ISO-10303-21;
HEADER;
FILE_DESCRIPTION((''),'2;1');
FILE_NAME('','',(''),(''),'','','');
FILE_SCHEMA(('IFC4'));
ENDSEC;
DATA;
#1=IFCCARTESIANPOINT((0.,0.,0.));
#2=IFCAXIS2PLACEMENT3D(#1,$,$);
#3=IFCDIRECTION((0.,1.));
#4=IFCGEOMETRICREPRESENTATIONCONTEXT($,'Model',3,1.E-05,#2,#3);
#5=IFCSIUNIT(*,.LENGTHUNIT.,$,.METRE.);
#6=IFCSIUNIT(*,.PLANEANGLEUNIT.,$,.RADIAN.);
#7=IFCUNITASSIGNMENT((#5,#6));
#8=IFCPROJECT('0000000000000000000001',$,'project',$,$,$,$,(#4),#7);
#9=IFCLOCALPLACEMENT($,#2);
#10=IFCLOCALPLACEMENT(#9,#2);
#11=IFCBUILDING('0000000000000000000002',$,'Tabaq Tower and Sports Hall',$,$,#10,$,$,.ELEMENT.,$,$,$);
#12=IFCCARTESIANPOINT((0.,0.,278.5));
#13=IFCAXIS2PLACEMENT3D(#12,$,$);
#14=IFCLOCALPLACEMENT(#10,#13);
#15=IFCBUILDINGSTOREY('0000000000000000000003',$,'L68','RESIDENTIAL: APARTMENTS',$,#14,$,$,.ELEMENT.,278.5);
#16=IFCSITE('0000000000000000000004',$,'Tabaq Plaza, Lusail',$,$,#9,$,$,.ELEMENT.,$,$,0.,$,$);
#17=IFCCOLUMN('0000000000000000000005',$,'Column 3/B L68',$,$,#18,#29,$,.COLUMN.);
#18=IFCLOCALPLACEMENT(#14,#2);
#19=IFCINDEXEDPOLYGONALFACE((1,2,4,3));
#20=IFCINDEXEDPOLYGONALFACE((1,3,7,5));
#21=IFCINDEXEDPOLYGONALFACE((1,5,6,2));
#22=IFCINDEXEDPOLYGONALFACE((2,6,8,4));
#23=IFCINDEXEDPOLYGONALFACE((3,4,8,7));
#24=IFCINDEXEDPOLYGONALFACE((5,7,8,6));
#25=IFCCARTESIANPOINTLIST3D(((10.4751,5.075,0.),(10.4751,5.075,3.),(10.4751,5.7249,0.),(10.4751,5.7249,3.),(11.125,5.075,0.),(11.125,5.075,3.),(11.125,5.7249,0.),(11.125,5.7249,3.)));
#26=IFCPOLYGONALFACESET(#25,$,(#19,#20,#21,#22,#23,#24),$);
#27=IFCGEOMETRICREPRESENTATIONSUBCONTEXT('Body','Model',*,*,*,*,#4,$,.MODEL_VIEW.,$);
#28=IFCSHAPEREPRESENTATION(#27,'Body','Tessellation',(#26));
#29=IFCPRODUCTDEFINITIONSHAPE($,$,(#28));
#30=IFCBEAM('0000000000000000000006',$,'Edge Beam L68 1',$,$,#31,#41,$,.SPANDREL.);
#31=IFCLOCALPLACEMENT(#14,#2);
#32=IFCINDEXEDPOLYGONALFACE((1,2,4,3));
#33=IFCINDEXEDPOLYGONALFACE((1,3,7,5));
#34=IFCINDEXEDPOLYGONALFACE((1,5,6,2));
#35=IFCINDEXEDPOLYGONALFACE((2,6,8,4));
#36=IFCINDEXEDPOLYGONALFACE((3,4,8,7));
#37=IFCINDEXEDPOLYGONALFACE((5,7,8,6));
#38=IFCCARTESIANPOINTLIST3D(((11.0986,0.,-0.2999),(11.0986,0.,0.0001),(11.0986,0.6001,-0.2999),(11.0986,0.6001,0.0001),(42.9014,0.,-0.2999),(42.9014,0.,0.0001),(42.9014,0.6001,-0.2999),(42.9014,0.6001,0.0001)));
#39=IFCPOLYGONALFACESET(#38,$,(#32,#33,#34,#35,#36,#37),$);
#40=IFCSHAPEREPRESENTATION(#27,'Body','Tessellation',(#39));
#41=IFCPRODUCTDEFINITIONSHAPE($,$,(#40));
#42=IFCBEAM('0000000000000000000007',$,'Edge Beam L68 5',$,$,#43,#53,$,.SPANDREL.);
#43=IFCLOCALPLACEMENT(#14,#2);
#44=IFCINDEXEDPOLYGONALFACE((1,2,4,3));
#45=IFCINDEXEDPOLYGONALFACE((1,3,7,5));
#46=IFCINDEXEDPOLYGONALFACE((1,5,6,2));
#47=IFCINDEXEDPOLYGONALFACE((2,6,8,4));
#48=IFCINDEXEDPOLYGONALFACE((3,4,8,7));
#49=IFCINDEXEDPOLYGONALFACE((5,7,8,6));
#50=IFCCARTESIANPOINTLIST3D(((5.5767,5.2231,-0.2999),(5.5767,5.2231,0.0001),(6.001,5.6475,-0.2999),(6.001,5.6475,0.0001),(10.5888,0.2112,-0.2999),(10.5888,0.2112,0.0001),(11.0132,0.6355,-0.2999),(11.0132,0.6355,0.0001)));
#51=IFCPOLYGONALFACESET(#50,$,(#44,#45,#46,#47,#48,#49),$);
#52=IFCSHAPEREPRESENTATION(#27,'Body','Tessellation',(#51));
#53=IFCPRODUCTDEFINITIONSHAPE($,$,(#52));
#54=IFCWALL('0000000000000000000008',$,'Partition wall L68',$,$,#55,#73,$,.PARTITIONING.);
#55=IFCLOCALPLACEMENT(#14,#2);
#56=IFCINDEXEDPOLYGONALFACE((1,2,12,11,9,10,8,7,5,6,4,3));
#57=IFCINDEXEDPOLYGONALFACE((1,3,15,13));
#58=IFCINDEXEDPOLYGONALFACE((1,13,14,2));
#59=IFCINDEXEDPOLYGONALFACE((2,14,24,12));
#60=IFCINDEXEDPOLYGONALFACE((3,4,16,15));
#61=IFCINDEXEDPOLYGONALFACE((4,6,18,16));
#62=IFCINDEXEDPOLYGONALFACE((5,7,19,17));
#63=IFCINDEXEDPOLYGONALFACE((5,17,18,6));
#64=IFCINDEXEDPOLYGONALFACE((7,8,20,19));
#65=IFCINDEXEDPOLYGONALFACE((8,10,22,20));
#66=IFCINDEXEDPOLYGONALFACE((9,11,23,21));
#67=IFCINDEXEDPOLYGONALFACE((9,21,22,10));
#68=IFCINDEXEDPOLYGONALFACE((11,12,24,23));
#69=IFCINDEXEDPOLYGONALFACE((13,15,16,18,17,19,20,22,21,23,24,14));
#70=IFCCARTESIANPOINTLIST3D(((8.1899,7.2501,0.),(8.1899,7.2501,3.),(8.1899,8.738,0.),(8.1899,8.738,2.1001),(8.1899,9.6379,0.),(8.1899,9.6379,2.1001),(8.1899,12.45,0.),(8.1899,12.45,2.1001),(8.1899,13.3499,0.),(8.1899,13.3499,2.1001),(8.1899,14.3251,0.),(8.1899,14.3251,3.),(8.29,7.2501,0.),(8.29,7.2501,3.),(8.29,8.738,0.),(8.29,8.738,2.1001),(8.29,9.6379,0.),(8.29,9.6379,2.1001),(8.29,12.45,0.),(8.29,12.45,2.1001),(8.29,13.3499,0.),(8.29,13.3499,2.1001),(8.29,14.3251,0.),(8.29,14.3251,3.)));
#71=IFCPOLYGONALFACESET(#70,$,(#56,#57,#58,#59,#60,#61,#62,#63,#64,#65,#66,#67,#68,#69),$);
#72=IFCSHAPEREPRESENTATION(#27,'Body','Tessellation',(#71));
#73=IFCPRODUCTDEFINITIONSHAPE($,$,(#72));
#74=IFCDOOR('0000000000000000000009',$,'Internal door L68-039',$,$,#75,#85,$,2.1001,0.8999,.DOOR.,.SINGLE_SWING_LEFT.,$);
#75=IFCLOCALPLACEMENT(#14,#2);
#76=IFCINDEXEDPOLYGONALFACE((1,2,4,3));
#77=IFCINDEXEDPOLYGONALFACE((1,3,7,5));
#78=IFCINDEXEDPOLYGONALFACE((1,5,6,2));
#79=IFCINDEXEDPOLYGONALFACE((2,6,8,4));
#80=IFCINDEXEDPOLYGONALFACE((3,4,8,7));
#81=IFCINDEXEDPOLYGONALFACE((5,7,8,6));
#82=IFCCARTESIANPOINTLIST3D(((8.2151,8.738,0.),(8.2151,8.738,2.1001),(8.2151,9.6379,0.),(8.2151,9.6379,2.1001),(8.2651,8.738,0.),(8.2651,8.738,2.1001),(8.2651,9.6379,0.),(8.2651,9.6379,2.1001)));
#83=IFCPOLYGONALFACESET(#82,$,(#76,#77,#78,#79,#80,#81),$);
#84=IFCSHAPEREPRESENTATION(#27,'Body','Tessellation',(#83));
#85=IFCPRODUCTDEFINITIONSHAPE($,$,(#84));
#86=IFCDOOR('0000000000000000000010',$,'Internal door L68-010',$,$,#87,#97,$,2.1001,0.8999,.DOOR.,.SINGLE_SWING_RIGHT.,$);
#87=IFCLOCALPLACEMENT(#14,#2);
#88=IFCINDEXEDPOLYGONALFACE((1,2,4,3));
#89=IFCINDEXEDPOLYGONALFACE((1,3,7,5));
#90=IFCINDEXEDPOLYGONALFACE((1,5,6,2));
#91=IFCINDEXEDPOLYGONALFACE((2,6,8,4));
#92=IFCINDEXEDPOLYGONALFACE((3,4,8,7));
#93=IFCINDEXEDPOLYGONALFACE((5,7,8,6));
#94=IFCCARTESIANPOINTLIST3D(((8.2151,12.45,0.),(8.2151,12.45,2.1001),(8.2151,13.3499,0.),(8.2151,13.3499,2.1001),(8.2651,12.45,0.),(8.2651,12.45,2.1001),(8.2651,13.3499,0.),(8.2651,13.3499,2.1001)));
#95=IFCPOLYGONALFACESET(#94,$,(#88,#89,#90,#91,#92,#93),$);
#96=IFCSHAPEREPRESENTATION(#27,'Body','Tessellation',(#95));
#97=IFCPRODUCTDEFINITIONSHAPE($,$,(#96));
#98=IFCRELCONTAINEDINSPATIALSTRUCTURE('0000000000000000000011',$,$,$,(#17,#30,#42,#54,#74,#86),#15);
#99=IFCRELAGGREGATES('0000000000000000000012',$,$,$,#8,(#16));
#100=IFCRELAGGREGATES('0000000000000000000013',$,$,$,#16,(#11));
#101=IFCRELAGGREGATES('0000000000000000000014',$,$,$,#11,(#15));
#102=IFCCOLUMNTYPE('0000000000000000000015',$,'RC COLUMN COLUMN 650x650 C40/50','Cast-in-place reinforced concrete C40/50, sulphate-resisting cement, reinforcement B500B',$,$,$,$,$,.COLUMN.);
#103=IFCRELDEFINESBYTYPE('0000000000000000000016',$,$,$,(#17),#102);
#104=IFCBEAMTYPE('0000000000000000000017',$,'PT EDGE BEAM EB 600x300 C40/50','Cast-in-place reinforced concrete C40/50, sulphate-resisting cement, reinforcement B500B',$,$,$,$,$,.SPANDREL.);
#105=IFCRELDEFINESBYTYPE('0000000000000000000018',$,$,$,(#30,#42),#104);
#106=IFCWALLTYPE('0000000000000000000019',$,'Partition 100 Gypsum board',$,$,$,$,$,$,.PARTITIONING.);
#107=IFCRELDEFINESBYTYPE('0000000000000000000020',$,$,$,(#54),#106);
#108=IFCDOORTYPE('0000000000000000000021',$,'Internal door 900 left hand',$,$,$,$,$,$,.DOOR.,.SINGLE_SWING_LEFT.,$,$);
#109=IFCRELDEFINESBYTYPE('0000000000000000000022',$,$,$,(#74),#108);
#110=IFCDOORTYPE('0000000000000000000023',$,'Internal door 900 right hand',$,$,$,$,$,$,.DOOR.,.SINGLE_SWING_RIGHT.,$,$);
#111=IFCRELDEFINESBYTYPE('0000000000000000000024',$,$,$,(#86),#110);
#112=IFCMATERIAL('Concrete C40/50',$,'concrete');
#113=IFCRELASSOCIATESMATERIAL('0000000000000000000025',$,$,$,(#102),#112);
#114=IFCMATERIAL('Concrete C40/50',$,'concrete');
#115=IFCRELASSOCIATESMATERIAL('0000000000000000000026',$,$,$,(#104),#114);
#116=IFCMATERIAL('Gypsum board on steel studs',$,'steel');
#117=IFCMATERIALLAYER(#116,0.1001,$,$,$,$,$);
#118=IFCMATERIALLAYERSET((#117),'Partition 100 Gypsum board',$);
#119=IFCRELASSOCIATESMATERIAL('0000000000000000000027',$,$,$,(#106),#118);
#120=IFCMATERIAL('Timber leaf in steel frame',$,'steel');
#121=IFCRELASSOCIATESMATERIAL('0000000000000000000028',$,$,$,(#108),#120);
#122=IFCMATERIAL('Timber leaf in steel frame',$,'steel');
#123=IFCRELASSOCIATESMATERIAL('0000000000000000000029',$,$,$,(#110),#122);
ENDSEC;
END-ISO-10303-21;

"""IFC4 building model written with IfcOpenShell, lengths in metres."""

from ifc_helpers import new_model, si_unit, direction, frame, frame_2d, origin, origin_2d, place, context, subcontext, project, spatial, rectangle, extrude, material, layer, layer_set, material_profile, profile_set, type_object, element, fill, save


model = new_model("IFC4")

# Units and contexts
model_context = context("Model", 3, precision=1e-05, world=origin(), true_north=direction((0.0, 1.0)))
body_context = subcontext(model_context, "Body", "Model", "MODEL_VIEW")
ifc_project = project(units=[si_unit("LENGTHUNIT", "METRE"), si_unit("PLANEANGLEUNIT", "RADIAN")], contexts=[model_context])

# Site, building, storey
site_placement = place(None, origin())
site = spatial("IfcSite", under=ifc_project, at=site_placement, Name="Tabaq Plaza, Lusail", CompositionType="ELEMENT", RefElevation=0.0)
building_placement = place(site_placement, origin())
building = spatial("IfcBuilding", under=site, at=building_placement, Name="Tabaq Tower and Sports Hall", CompositionType="ELEMENT")
storey_placement = place(building_placement, frame((0.0, 0.0, 278.5)))
storey = spatial("IfcBuildingStorey", under=building, at=storey_placement, Name="L68", Description="RESIDENTIAL: APARTMENTS", CompositionType="ELEMENT", Elevation=278.5)

# Column
ifc_material_1 = material(Name="Concrete C40/50", Category="concrete")
ifc_material_profile_1 = material_profile(ifc_material_1, rectangle(XDim=0.6499, YDim=0.6499, at=origin_2d()), Name="COLUMN 650x650")
ifc_profile_set_1 = profile_set([ifc_material_profile_1], Name="Concrete C40/50")
column_type = type_object("IfcColumnType", Name="RC COLUMN COLUMN 650x650 C40/50", Description="Cast-in-place reinforced concrete C40/50, sulphate-resisting cement, reinforcement B500B", PredefinedType="COLUMN", material=ifc_profile_set_1)
column_placement = place(storey_placement, frame((10.8, 5.3999, 0.0), z_axis=(0.0, 0.0, 1.0), x_axis=(1.0, 0.0, 0.0)))
element("IfcColumn", 1, at=column_placement, inside=storey, type_object=column_type, Name="Column 3/B L68", PredefinedType="COLUMN", context=body_context, shape_type="SweptSolid", body=[
    extrude(rectangle(XDim=0.6499, YDim=0.6499, at=origin_2d()), origin(), (0.0, 0.0, 1.0), 3.0),
])

# Beams
ifc_material_2 = material(Name="Concrete C40/50", Category="concrete")
ifc_material_profile_2 = material_profile(ifc_material_2, rectangle(XDim=0.6001, YDim=0.3, at=origin_2d()), Name="EB 600x300")
ifc_profile_set_2 = profile_set([ifc_material_profile_2], Name="Concrete C40/50")
beam_type = type_object("IfcBeamType", Name="PT EDGE BEAM EB 600x300 C40/50", Description="Cast-in-place reinforced concrete C40/50, sulphate-resisting cement, reinforcement B500B", PredefinedType="SPANDREL", material=ifc_profile_set_2)
beam_1_placement = place(storey_placement, frame((11.0986, 0.3, -0.1499), z_axis=(1.0, 0.0, 0.0), x_axis=(0.0, 1.0, 0.0)))
element("IfcBeam", 2, at=beam_1_placement, inside=storey, type_object=beam_type, Name="Edge Beam L68 1", PredefinedType="SPANDREL", context=body_context, shape_type="SweptSolid", body=[
    extrude(rectangle(XDim=0.6001, YDim=0.3, at=origin_2d()), origin(), (0.0, 0.0, 1.0), 31.8027),
])
beam_2_placement = place(storey_placement, frame((5.7888, 5.4353, -0.1499), z_axis=(0.707124, -0.70709, 0.0), x_axis=(0.70709, 0.707124, 0.0)))
element("IfcBeam", 3, at=beam_2_placement, inside=storey, type_object=beam_type, Name="Edge Beam L68 5", PredefinedType="SPANDREL", context=body_context, shape_type="SweptSolid", body=[
    extrude(rectangle(XDim=0.6001, YDim=0.3, at=origin_2d()), origin(), (0.0, 0.0, 1.0), 7.0881),
])

# Wall, openings, doors
ifc_material_3 = material(Name="Gypsum board on steel studs", Category="steel")
ifc_layer_1 = layer(ifc_material_3, 0.1001)
ifc_layer_set_1 = layer_set([ifc_layer_1], Name="Partition 100 Gypsum board")
wall_type_1 = type_object("IfcWallType", Name="Partition 100 Gypsum board", PredefinedType="PARTITIONING", material=ifc_layer_set_1)
wall_1_placement = place(storey_placement, frame((8.24, 7.25, 0.0), z_axis=(0.0, 0.0, 1.0), x_axis=(0.0, 1.0, 0.0)))
wall_1 = element("IfcWall", 4, at=wall_1_placement, inside=storey, type_object=wall_type_1, Name="Partition wall L68", PredefinedType="PARTITIONING", context=body_context, shape_type="SweptSolid", body=[
    extrude(rectangle(XDim=7.075, YDim=0.1001, at=frame_2d((3.5376, 0.0))), origin(), (0.0, 0.0, 1.0), 3.0),
])
opening_1_placement = place(wall_1_placement, frame((5.2, 0.0, 0.0)))
opening_1 = element("IfcOpeningElement", 5, at=opening_1_placement, cuts=wall_1, PredefinedType="OPENING", context=body_context, shape_type="SweptSolid", body=[
    extrude(rectangle(XDim=0.8999, YDim=2.1001, at=frame_2d((0.45, 1.05))), frame((0.0, 0.05, 0.0), z_axis=(0.0, -1.0, 0.0), x_axis=(1.0, 0.0, 0.0)), (0.0, 0.0, 1.0), 0.1001),
])
opening_2_placement = place(wall_1_placement, frame((1.488, 0.0, 0.0)))
opening_2 = element("IfcOpeningElement", 6, at=opening_2_placement, cuts=wall_1, PredefinedType="OPENING", context=body_context, shape_type="SweptSolid", body=[
    extrude(rectangle(XDim=0.8999, YDim=2.1001, at=frame_2d((0.45, 1.05))), frame((0.0, 0.05, 0.0), z_axis=(0.0, -1.0, 0.0), x_axis=(1.0, 0.0, 0.0)), (0.0, 0.0, 1.0), 0.1001),
])
ifc_material_4 = material(Name="Timber leaf in steel frame", Category="steel")
door_type_1 = type_object("IfcDoorType", Name="Internal door 900 left hand", OperationType="SINGLE_SWING_LEFT", PredefinedType="DOOR", material=ifc_material_4)
door_1_placement = place(opening_2_placement, origin())
door_1 = element("IfcDoor", 7, at=door_1_placement, inside=storey, type_object=door_type_1, Name="Internal door L68-039", OperationType="SINGLE_SWING_LEFT", OverallHeight=2.1001, OverallWidth=0.8999, PredefinedType="DOOR", context=body_context, shape_type="SweptSolid", body=[
    extrude(rectangle(XDim=0.8999, YDim=2.1001, at=frame_2d((0.45, 1.05))), frame((0.0, 0.0249, 0.0), z_axis=(0.0, -1.0, 0.0), x_axis=(1.0, 0.0, 0.0)), (0.0, 0.0, 1.0), 0.05),
])
fill(opening_2, door_1)
ifc_material_5 = material(Name="Timber leaf in steel frame", Category="steel")
door_type_2 = type_object("IfcDoorType", Name="Internal door 900 right hand", OperationType="SINGLE_SWING_RIGHT", PredefinedType="DOOR", material=ifc_material_5)
door_2_placement = place(opening_1_placement, origin())
door_2 = element("IfcDoor", 8, at=door_2_placement, inside=storey, type_object=door_type_2, Name="Internal door L68-010", OperationType="SINGLE_SWING_RIGHT", OverallHeight=2.1001, OverallWidth=0.8999, PredefinedType="DOOR", context=body_context, shape_type="SweptSolid", body=[
    extrude(rectangle(XDim=0.8999, YDim=2.1001, at=frame_2d((0.45, 1.05))), frame((0.0, 0.0249, 0.0), z_axis=(0.0, -1.0, 0.0), x_axis=(1.0, 0.0, 0.0)), (0.0, 0.0, 1.0), 0.05),
])
fill(opening_1, door_2)

save(model, "model.ifc")
